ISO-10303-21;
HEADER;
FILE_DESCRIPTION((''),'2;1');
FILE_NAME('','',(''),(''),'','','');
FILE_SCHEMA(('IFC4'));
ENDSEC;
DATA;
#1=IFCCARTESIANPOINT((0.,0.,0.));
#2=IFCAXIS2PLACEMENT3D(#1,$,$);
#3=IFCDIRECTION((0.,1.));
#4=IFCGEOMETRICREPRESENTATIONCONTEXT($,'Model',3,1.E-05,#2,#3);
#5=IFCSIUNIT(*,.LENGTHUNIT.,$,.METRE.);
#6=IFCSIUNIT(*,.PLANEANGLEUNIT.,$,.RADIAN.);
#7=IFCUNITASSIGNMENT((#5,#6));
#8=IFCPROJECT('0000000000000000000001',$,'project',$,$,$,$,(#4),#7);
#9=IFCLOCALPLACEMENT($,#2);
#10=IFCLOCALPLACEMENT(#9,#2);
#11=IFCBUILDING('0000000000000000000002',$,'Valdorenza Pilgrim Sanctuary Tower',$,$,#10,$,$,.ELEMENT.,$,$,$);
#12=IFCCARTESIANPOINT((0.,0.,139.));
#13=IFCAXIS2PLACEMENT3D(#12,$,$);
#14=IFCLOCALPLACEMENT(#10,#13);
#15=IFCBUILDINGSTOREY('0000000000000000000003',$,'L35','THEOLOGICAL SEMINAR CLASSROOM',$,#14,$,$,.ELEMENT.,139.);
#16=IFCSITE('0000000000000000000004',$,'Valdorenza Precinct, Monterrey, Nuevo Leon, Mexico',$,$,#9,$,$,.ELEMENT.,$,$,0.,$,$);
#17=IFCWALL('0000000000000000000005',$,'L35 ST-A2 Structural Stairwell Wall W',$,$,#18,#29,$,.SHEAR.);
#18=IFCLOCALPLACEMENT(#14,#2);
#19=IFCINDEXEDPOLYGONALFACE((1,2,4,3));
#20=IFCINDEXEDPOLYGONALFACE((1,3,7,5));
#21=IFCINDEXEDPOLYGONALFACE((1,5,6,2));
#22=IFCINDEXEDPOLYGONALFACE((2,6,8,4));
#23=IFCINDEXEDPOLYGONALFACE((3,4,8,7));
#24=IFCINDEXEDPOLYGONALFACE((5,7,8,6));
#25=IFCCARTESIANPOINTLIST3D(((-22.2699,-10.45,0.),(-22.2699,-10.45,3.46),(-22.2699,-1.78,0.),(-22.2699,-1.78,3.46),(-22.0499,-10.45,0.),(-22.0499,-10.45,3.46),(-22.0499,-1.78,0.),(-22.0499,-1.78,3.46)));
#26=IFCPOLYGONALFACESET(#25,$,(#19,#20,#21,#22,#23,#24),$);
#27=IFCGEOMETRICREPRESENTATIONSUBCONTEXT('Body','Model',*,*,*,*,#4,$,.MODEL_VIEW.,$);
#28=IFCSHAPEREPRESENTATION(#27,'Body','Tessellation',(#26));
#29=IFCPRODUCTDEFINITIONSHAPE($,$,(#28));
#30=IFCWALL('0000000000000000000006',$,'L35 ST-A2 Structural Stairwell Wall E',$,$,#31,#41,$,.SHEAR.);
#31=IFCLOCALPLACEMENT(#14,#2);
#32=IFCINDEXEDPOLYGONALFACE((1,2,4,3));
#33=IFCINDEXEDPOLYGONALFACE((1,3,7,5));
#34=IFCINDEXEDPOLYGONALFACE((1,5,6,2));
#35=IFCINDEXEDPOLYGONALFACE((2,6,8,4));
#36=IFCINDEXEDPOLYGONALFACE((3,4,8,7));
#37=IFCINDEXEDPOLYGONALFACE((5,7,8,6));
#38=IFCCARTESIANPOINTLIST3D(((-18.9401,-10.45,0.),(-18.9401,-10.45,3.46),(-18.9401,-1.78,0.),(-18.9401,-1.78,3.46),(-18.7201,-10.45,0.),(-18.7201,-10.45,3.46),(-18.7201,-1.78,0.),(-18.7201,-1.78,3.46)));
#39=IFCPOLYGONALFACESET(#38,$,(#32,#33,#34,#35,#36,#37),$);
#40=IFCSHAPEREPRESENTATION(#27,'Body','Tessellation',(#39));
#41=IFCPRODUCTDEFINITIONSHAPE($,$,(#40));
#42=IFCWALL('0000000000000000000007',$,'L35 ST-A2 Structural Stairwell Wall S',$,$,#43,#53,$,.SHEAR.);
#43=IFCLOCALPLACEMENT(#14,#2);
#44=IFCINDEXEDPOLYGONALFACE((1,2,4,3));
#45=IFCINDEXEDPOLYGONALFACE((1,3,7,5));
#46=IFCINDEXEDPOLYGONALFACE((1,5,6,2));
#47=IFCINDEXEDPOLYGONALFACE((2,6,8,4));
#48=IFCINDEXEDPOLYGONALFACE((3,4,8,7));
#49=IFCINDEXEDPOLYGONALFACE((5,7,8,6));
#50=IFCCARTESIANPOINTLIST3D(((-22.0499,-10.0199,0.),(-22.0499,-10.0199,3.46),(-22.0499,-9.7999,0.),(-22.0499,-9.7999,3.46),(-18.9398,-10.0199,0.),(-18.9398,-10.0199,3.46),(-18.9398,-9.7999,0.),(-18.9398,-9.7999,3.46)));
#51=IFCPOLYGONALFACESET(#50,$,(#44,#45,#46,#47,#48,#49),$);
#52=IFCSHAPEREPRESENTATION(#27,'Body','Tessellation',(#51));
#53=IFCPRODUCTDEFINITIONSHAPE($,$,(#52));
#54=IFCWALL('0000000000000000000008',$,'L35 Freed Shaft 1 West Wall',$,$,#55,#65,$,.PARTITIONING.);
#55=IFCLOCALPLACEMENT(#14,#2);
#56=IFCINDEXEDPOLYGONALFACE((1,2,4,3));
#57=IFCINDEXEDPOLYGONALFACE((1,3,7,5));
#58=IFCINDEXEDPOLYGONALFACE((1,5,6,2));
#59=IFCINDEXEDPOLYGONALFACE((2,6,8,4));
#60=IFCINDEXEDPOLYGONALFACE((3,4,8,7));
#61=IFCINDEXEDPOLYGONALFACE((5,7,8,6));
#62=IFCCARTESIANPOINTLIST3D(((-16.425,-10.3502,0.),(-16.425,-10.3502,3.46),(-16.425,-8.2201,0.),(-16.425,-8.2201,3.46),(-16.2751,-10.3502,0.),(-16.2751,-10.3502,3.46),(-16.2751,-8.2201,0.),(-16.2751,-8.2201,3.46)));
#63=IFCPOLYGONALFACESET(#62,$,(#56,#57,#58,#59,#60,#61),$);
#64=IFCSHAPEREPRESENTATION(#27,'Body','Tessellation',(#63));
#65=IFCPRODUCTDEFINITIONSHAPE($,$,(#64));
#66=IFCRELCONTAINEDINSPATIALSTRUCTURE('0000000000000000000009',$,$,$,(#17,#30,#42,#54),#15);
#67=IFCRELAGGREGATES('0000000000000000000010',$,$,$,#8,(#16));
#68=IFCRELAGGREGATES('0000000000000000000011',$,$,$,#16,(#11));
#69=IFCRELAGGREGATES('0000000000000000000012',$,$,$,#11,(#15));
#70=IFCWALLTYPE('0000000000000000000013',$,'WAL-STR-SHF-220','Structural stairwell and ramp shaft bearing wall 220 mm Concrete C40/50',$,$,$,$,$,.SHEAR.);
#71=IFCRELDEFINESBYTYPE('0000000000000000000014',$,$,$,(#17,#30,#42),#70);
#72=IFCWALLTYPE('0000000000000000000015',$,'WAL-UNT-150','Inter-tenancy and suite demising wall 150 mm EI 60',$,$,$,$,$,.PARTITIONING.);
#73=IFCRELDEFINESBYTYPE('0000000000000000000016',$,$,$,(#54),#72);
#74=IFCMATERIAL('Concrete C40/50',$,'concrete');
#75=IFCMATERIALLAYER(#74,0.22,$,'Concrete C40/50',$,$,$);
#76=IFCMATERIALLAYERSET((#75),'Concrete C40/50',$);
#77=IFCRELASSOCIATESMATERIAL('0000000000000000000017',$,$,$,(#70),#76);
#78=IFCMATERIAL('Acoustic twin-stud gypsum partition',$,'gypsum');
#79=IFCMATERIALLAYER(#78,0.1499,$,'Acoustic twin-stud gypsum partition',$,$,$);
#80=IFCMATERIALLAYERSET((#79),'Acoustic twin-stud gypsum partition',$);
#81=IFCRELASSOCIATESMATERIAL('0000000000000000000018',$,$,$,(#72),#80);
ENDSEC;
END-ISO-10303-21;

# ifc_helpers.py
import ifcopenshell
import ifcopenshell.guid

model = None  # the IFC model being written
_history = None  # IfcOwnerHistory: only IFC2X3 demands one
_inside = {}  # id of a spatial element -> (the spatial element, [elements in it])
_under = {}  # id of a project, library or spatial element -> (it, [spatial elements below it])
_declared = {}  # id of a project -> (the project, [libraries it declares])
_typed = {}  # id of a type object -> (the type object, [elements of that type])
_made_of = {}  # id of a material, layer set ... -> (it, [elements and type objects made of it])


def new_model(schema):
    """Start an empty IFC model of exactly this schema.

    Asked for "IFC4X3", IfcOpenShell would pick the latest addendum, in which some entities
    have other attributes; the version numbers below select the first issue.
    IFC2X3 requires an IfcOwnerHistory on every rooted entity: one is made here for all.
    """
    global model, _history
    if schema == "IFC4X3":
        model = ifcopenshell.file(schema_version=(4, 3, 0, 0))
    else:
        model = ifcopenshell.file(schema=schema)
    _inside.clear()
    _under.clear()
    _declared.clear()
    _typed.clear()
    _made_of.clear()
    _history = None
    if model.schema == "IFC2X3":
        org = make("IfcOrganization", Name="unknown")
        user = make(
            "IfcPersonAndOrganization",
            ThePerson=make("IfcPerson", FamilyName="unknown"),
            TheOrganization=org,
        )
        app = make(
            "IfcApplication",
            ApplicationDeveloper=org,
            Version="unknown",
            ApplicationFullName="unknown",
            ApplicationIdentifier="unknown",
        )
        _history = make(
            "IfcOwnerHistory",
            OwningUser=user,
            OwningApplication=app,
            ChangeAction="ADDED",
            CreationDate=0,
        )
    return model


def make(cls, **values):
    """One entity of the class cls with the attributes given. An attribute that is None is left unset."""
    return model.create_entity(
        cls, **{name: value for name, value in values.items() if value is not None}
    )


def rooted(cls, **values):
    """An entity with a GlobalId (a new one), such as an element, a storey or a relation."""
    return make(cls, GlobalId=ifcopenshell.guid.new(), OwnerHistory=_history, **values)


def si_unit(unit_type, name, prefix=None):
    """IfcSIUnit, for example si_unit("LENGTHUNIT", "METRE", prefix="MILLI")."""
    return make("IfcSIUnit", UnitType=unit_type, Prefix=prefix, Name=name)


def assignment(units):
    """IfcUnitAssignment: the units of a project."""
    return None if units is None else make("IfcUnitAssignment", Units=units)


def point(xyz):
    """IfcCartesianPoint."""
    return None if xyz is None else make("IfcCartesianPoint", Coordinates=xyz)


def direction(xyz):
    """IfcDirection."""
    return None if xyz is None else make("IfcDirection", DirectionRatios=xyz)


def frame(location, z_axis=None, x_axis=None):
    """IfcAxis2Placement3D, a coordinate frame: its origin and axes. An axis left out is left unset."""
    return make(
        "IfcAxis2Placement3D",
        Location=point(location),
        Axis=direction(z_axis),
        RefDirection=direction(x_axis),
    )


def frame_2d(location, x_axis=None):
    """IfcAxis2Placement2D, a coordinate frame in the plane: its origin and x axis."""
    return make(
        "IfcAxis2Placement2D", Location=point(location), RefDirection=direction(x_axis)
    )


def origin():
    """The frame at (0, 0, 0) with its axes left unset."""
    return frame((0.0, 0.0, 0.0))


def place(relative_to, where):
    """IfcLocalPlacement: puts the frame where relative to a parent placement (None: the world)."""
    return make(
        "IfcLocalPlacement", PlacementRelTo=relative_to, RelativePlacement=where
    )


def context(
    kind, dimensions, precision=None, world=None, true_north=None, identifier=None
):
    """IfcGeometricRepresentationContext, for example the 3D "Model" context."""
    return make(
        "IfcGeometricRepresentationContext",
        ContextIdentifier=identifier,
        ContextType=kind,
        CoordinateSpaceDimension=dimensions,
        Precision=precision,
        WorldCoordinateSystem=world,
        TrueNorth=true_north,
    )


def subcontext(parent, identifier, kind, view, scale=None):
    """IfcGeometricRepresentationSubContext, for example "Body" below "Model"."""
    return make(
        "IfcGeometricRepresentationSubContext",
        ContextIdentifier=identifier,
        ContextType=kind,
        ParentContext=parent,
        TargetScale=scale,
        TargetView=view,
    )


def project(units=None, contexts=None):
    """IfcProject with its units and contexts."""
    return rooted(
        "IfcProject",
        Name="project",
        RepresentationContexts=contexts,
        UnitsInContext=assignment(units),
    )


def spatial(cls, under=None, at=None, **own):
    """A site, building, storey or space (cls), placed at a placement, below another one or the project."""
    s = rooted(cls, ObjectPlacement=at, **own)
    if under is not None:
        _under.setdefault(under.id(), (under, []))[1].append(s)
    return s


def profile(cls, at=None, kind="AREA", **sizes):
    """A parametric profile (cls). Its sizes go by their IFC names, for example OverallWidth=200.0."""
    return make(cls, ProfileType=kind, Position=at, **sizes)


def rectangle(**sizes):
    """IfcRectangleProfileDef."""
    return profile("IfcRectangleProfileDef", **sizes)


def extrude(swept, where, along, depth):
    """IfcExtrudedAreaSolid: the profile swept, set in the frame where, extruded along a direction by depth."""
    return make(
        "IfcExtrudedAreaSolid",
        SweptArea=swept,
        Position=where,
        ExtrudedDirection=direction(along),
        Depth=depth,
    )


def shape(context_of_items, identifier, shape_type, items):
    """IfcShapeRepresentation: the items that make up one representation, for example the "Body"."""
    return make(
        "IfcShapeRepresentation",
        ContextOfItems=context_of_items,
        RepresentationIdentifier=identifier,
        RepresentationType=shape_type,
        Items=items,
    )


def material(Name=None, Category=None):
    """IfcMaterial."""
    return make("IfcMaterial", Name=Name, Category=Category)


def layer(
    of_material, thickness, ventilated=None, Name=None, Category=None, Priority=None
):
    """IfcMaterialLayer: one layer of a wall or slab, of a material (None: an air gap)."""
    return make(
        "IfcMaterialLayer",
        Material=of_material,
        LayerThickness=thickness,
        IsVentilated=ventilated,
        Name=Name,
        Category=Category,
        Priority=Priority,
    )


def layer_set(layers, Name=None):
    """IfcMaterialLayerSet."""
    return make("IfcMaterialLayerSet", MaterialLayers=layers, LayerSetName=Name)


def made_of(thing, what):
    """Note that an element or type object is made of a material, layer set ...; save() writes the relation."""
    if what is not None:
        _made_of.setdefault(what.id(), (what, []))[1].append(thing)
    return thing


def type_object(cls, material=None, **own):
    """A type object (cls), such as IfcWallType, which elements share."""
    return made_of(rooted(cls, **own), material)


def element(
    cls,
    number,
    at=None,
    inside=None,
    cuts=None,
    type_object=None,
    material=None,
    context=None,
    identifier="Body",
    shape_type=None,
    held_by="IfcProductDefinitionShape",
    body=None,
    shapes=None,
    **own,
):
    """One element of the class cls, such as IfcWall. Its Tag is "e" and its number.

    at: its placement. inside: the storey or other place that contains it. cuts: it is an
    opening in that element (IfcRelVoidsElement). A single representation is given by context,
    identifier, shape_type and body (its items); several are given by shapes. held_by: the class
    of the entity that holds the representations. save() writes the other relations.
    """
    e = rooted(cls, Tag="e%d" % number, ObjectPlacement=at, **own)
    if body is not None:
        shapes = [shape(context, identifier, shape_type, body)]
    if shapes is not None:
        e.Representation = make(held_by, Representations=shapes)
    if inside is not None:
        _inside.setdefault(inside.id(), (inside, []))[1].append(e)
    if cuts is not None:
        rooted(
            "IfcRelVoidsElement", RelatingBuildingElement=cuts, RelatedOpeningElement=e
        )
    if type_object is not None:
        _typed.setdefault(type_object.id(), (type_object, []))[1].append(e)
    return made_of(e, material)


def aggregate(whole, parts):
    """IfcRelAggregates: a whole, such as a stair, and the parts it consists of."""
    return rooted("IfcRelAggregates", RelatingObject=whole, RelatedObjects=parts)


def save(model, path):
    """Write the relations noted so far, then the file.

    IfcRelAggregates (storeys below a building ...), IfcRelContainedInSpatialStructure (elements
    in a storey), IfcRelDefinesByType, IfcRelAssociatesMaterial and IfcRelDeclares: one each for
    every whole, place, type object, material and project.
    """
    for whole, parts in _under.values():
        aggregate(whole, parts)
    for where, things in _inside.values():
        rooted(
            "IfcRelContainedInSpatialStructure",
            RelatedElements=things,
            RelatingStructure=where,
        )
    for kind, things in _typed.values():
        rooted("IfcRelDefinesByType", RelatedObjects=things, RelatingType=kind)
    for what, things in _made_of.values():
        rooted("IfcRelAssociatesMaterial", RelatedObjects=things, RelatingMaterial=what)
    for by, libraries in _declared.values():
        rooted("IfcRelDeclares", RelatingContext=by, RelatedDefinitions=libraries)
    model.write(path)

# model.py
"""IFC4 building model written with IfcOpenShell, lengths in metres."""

from ifc_helpers import new_model, si_unit, direction, frame, frame_2d, origin, place, context, subcontext, project, spatial, rectangle, extrude, material, layer, layer_set, type_object, element, save


model = new_model("IFC4")

# Units and contexts
model_context = context("Model", 3, precision=1e-05, world=origin(), true_north=direction((0.0, 1.0)))
body_context = subcontext(model_context, "Body", "Model", "MODEL_VIEW")
ifc_project = project(units=[si_unit("LENGTHUNIT", "METRE"), si_unit("PLANEANGLEUNIT", "RADIAN")], contexts=[model_context])

# Site, building, storey
site_placement = place(None, origin())
site = spatial("IfcSite", under=ifc_project, at=site_placement, Name="Valdorenza Precinct, Monterrey, Nuevo Leon, Mexico", CompositionType="ELEMENT", RefElevation=0.0)
building_placement = place(site_placement, origin())
building = spatial("IfcBuilding", under=site, at=building_placement, Name="Valdorenza Pilgrim Sanctuary Tower", CompositionType="ELEMENT")
storey_placement = place(building_placement, frame((0.0, 0.0, 139.0)))
storey = spatial("IfcBuildingStorey", under=building, at=storey_placement, Name="L35", Description="THEOLOGICAL SEMINAR CLASSROOM", CompositionType="ELEMENT", Elevation=139.0)

# Shared definitions
ifc_material_1 = material(Name="Acoustic twin-stud gypsum partition", Category="gypsum")

# Walls
ifc_material_2 = material(Name="Concrete C40/50", Category="concrete")
ifc_layer_1 = layer(ifc_material_2, 0.22, Name="Concrete C40/50")
ifc_layer_set_1 = layer_set([ifc_layer_1], Name="Concrete C40/50")
wall_type_1 = type_object("IfcWallType", Name="WAL-STR-SHF-220", Description="Structural stairwell and ramp shaft bearing wall 220 mm Concrete C40/50", PredefinedType="SHEAR", material=ifc_layer_set_1)
for number, where, z_axis, x_axis, name in (
    (1, (-22.1599, -10.45, 0.0), (0.0, 0.0, 1.0), (0.0, 1.0, 0.0), "L35 ST-A2 Structural Stairwell Wall W"),
    (2, (-18.8301, -10.45, 0.0), (0.0, 0.0, 1.0), (0.0, 1.0, 0.0), "L35 ST-A2 Structural Stairwell Wall E"),
):
    element("IfcWall", number, at=place(storey_placement, frame(where, z_axis=z_axis, x_axis=x_axis)), inside=storey, type_object=wall_type_1, Name=name, PredefinedType="SHEAR", context=body_context, shape_type="SweptSolid", body=[
        extrude(rectangle(XDim=8.6699, YDim=0.22, at=frame_2d((4.335, 0.0))), origin(), (0.0, 0.0, 1.0), 3.46),
    ])
wall_1_placement = place(storey_placement, frame((-22.05, -9.9099, 0.0), z_axis=(0.0, 0.0, 1.0), x_axis=(1.0, 0.0, 0.0)))
element("IfcWall", 3, at=wall_1_placement, inside=storey, type_object=wall_type_1, Name="L35 ST-A2 Structural Stairwell Wall S", PredefinedType="SHEAR", context=body_context, shape_type="SweptSolid", body=[
    extrude(rectangle(XDim=3.1101, YDim=0.22, at=frame_2d((1.5552, 0.0))), origin(), (0.0, 0.0, 1.0), 3.46),
])
ifc_layer_2 = layer(ifc_material_1, 0.1499, Name="Acoustic twin-stud gypsum partition")
ifc_layer_set_2 = layer_set([ifc_layer_2], Name="Acoustic twin-stud gypsum partition")
wall_type_2 = type_object("IfcWallType", Name="WAL-UNT-150", Description="Inter-tenancy and suite demising wall 150 mm EI 60", PredefinedType="PARTITIONING", material=ifc_layer_set_2)
wall_2_placement = place(storey_placement, frame((-16.3501, -10.3501, 0.0), z_axis=(0.0, 0.0, 1.0), x_axis=(0.0, 1.0, 0.0)))
element("IfcWall", 4, at=wall_2_placement, inside=storey, type_object=wall_type_2, Name="L35 Freed Shaft 1 West Wall", PredefinedType="PARTITIONING", context=body_context, shape_type="SweptSolid", body=[
    extrude(rectangle(XDim=2.1301, YDim=0.1499, at=frame_2d((1.0649, 0.0))), origin(), (0.0, 0.0, 1.0), 3.46),
])

save(model, "model.ifc")
